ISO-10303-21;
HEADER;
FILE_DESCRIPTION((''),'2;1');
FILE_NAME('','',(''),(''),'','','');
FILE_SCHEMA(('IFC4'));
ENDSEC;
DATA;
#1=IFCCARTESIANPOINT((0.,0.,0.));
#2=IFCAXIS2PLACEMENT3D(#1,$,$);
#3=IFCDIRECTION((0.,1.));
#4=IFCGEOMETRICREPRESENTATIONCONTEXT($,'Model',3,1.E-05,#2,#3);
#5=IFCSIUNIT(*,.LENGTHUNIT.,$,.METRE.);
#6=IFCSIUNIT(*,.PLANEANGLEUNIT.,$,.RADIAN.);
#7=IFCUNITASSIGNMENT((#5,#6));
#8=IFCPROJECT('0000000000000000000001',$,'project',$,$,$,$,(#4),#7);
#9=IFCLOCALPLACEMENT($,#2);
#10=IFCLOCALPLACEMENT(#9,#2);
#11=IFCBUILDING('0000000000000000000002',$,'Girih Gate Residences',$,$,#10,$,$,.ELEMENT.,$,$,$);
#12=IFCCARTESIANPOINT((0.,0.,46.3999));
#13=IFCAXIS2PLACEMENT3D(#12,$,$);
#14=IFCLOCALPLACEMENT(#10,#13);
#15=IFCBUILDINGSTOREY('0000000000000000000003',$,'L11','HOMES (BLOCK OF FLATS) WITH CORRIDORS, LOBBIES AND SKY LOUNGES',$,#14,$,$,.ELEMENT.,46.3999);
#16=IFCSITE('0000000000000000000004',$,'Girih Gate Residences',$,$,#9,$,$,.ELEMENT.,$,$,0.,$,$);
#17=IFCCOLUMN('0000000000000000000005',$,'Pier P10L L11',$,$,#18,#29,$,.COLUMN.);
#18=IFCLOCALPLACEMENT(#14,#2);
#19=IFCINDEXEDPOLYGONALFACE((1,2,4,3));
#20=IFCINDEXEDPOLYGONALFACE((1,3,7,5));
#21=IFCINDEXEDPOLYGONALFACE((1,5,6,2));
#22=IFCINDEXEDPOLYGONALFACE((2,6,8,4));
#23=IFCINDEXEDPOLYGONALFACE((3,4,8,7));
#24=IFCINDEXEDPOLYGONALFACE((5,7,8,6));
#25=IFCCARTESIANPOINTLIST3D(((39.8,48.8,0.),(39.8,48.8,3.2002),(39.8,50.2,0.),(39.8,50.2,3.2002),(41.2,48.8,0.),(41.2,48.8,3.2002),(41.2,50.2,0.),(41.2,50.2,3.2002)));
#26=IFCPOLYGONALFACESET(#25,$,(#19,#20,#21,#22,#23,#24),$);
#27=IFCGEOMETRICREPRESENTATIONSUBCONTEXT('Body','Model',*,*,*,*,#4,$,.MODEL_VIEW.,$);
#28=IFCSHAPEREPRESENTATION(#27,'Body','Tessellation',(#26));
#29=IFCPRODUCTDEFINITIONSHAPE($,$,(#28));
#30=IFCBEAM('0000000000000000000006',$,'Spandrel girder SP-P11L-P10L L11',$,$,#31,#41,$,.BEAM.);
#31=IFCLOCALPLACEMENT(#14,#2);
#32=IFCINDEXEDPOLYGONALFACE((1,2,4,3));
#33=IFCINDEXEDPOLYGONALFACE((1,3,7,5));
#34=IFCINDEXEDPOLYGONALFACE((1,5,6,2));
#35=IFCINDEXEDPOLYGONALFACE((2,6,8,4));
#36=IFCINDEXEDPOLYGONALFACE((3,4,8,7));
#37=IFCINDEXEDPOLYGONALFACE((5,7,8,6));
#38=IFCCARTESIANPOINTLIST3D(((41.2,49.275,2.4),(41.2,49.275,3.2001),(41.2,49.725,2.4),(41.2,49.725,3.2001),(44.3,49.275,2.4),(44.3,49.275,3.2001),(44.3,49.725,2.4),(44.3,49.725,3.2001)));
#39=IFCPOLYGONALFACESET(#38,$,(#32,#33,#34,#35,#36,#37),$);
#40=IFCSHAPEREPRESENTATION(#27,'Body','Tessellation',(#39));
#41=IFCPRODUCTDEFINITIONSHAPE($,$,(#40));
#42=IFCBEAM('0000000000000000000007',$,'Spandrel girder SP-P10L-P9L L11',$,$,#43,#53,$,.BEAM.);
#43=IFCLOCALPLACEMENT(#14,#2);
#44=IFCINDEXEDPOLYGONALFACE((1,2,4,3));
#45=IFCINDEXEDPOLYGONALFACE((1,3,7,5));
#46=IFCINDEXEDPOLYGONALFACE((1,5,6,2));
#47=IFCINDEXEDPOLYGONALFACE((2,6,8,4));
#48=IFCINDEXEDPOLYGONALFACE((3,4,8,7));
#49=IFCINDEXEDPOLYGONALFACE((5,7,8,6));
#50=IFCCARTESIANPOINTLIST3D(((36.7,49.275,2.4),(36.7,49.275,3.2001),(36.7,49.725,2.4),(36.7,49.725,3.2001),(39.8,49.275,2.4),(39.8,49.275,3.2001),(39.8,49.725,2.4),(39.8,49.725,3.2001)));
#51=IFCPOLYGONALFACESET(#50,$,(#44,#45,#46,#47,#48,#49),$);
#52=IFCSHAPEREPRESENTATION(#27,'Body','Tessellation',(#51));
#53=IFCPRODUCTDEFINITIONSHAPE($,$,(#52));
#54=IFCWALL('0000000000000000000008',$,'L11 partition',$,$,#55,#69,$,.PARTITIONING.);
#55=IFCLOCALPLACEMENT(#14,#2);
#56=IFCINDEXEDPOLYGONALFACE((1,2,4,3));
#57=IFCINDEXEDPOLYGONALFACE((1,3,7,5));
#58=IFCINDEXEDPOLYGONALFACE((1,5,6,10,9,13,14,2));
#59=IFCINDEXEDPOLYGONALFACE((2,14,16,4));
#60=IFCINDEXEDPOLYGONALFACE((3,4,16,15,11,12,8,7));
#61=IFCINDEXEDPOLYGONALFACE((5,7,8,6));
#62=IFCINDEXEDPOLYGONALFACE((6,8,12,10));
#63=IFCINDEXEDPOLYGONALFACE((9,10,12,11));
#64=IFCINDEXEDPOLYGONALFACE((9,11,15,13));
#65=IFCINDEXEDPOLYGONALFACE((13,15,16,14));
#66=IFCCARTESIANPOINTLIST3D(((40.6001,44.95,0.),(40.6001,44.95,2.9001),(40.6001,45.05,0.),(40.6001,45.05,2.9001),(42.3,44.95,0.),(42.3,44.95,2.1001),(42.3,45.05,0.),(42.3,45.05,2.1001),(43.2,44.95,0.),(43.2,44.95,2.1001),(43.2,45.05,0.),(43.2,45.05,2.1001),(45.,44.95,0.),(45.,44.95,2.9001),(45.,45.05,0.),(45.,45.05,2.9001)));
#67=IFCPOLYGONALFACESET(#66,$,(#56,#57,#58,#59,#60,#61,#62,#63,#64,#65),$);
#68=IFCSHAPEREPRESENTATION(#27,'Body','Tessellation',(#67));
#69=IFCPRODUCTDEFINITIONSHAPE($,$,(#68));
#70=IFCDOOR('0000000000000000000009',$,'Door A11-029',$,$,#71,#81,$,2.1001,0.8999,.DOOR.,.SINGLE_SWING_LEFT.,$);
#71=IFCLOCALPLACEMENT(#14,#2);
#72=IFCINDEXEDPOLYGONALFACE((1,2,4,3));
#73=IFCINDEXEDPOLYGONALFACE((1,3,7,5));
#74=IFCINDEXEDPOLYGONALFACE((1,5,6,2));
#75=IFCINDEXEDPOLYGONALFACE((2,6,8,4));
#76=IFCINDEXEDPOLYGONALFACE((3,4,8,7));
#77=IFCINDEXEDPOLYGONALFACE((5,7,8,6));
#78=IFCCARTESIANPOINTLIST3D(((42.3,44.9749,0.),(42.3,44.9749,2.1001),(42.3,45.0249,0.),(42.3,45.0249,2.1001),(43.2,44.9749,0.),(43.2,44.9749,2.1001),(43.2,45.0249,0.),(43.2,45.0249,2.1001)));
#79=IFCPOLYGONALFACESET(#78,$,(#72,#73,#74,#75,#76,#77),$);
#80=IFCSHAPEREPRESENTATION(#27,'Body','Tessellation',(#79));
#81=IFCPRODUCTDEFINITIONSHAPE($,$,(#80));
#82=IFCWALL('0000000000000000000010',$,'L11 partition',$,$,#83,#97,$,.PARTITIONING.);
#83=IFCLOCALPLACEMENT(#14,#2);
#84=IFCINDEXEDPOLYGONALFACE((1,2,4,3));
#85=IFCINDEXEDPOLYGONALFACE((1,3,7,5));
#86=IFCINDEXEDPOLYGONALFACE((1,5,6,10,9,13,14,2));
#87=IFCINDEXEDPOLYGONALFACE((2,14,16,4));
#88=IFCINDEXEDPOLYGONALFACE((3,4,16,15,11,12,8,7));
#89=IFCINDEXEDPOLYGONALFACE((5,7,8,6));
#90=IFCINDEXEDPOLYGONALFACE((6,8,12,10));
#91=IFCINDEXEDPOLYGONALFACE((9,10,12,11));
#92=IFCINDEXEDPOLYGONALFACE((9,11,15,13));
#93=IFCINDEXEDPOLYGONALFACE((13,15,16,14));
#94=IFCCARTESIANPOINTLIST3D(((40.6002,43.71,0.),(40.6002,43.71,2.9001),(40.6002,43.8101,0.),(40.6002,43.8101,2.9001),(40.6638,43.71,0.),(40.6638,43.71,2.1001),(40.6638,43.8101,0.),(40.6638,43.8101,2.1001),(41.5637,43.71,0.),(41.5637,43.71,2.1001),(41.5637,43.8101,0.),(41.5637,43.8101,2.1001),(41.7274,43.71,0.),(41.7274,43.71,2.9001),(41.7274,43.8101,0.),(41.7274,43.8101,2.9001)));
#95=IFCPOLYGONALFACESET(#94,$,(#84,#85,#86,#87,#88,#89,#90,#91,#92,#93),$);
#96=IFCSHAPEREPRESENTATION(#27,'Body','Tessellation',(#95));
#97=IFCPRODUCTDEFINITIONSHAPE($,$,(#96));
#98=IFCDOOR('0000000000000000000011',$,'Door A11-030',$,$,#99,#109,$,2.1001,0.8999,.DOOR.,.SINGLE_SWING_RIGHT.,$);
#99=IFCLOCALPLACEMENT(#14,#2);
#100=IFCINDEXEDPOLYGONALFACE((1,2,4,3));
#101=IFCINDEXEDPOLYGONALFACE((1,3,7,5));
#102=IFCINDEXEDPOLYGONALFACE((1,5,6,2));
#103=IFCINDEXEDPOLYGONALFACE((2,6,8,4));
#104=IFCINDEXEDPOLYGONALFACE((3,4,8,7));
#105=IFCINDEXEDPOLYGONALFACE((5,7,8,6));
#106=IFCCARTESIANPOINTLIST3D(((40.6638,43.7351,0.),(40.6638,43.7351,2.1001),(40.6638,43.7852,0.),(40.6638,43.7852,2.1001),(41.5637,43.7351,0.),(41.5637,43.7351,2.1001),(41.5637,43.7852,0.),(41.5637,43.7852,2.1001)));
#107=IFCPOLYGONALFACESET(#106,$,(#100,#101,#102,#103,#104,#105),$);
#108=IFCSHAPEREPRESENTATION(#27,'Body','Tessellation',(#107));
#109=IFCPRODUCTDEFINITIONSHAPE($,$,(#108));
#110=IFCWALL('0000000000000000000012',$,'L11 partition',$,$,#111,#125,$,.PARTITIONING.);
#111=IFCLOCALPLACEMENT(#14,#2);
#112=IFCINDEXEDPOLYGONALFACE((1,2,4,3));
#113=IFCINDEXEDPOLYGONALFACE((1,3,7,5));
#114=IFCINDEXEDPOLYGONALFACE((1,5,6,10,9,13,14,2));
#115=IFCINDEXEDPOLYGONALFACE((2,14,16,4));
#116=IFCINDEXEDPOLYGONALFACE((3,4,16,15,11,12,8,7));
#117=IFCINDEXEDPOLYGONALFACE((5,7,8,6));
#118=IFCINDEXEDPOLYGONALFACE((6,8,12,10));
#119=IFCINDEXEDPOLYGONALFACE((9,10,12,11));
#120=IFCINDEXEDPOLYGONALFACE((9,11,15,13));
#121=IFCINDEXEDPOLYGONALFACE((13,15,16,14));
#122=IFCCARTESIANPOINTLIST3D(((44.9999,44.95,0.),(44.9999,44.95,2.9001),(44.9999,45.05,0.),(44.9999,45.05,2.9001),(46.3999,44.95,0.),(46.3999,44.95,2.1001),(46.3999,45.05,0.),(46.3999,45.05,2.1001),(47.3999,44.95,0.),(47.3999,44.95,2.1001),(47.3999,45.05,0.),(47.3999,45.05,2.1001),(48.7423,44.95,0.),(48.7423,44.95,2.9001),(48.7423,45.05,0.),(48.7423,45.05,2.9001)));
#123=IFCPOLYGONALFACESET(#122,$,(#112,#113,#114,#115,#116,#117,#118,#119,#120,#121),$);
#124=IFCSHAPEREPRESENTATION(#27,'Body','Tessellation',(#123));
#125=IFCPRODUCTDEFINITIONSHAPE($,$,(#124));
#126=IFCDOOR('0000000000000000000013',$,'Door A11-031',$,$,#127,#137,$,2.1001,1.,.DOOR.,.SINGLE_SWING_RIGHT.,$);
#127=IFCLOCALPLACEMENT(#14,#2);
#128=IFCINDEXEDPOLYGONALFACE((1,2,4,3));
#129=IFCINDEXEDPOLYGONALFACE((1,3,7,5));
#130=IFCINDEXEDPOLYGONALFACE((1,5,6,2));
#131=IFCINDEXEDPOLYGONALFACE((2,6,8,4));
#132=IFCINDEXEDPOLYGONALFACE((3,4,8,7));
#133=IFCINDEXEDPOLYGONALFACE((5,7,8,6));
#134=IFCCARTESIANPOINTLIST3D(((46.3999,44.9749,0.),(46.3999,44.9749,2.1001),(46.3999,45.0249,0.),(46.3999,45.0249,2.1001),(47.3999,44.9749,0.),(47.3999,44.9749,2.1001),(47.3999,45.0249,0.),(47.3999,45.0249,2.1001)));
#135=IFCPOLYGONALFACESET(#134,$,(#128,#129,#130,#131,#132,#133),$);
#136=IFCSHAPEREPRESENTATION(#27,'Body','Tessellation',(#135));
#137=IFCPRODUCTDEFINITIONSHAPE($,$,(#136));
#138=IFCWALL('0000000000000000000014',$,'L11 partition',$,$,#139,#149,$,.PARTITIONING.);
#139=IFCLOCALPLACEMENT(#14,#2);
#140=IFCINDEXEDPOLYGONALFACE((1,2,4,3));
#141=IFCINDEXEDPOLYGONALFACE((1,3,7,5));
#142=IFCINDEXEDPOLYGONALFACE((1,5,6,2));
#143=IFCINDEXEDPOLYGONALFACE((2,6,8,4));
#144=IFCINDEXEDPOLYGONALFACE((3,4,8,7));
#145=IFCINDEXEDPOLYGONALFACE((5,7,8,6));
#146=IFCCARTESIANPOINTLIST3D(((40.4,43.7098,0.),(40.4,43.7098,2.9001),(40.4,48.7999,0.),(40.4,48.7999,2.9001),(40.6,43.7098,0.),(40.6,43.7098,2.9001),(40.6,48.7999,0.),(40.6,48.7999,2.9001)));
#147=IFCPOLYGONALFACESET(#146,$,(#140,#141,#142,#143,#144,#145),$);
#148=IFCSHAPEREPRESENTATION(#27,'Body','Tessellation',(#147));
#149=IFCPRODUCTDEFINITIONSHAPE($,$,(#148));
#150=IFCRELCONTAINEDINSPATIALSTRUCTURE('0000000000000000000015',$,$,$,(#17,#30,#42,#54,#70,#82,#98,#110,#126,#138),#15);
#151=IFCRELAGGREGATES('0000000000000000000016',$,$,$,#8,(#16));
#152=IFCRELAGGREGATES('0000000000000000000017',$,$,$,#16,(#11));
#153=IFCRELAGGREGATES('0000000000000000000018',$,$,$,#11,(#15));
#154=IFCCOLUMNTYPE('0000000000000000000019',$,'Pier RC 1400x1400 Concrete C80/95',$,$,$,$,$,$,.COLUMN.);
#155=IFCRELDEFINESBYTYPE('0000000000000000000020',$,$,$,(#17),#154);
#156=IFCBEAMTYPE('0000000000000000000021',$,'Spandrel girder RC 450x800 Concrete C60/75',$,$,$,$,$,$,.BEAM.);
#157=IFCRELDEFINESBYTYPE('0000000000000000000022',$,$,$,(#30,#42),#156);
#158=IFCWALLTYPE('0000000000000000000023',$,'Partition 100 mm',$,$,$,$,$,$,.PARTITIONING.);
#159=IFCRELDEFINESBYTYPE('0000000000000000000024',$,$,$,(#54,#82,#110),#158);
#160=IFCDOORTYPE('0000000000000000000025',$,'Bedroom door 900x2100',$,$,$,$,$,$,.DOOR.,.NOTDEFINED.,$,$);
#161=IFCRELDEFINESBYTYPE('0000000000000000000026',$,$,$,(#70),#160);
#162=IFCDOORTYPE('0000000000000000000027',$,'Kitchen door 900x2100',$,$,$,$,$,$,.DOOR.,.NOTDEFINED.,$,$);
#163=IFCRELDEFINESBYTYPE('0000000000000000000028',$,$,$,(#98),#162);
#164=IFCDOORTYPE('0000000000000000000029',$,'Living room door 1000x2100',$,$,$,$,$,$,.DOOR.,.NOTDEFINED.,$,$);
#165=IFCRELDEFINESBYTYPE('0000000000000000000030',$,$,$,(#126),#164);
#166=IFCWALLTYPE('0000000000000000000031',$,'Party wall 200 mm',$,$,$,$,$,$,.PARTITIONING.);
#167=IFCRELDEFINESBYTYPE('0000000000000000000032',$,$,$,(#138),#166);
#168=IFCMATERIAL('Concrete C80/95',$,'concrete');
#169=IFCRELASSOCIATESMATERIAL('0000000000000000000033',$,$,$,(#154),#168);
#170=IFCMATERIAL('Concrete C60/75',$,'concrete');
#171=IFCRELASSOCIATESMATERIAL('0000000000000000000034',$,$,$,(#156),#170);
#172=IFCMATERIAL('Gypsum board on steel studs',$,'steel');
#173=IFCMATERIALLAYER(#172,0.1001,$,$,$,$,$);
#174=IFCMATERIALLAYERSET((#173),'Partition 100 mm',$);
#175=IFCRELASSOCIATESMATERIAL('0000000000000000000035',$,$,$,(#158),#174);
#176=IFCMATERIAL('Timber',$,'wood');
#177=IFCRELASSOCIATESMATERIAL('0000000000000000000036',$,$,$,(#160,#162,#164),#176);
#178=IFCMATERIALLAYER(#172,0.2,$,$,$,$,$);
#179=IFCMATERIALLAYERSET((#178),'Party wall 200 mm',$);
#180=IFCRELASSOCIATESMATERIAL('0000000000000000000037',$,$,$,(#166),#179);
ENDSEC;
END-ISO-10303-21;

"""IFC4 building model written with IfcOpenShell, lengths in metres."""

from ifc_helpers import new_model, si_unit, direction, frame, frame_2d, origin, origin_2d, place, context, subcontext, project, spatial, rectangle, extrude, material, layer, layer_set, material_profile, profile_set, type_object, element, fill, save


model = new_model("IFC4")

# Units and contexts
model_context = context("Model", 3, precision=1e-05, world=origin(), true_north=direction((0.0, 1.0)))
body_context = subcontext(model_context, "Body", "Model", "MODEL_VIEW")
ifc_project = project(units=[si_unit("LENGTHUNIT", "METRE"), si_unit("PLANEANGLEUNIT", "RADIAN")], contexts=[model_context])

# Site, building, storey
site_placement = place(None, origin())
site = spatial("IfcSite", under=ifc_project, at=site_placement, Name="Girih Gate Residences", CompositionType="ELEMENT", RefElevation=0.0)
building_placement = place(site_placement, origin())
building = spatial("IfcBuilding", under=site, at=building_placement, Name="Girih Gate Residences", CompositionType="ELEMENT")
storey_placement = place(building_placement, frame((0.0, 0.0, 46.3999)))
storey = spatial("IfcBuildingStorey", under=building, at=storey_placement, Name="L11", Description="HOMES (BLOCK OF FLATS) WITH CORRIDORS, LOBBIES AND SKY LOUNGES", CompositionType="ELEMENT", Elevation=46.3999)

# Column
ifc_material_1 = material(Name="Concrete C80/95", Category="concrete")
ifc_material_profile_1 = material_profile(ifc_material_1, rectangle(XDim=1.3999, YDim=1.3999, at=origin_2d()))
ifc_profile_set_1 = profile_set([ifc_material_profile_1], Name="Concrete C80/95")
column_type = type_object("IfcColumnType", Name="Pier RC 1400x1400 Concrete C80/95", PredefinedType="COLUMN", material=ifc_profile_set_1)
column_placement = place(storey_placement, frame((40.5, 49.5, 0.0), z_axis=(0.0, 0.0, 1.0), x_axis=(1.0, 0.0, 0.0)))
element("IfcColumn", 1, at=column_placement, inside=storey, type_object=column_type, Name="Pier P10L L11", PredefinedType="COLUMN", context=body_context, shape_type="SweptSolid", body=[
    extrude(rectangle(XDim=1.3999, YDim=1.3999, at=origin_2d()), origin(), (0.0, 0.0, 1.0), 3.2002),
])

# Beams
ifc_material_2 = material(Name="Concrete C60/75", Category="concrete")
ifc_material_profile_2 = material_profile(ifc_material_2, rectangle(XDim=0.45, YDim=0.8, at=origin_2d()))
ifc_profile_set_2 = profile_set([ifc_material_profile_2], Name="Concrete C60/75")
beam_type = type_object("IfcBeamType", Name="Spandrel girder RC 450x800 Concrete C60/75", PredefinedType="BEAM", material=ifc_profile_set_2)
for number, where, z_axis, x_axis, name in (
    (2, (44.3, 49.5, 2.8), (-1.0, 0.0, 0.0), (0.0, -1.0, 0.0), "Spandrel girder SP-P11L-P10L L11"),
    (3, (39.8, 49.5, 2.8), (-1.0, 0.0, 0.0), (0.0, -1.0, 0.0), "Spandrel girder SP-P10L-P9L L11"),
):
    element("IfcBeam", number, at=place(storey_placement, frame(where, z_axis=z_axis, x_axis=x_axis)), inside=storey, type_object=beam_type, Name=name, PredefinedType="BEAM", context=body_context, shape_type="SweptSolid", body=[
        extrude(rectangle(XDim=0.45, YDim=0.8, at=origin_2d()), origin(), (0.0, 0.0, 1.0), 3.1001),
    ])

# Walls, openings, doors
ifc_material_3 = material(Name="Gypsum board on steel studs", Category="steel")
ifc_layer_1 = layer(ifc_material_3, 0.1001)
ifc_layer_set_1 = layer_set([ifc_layer_1], Name="Partition 100 mm")
wall_type_1 = type_object("IfcWallType", Name="Partition 100 mm", PredefinedType="PARTITIONING", material=ifc_layer_set_1)
wall_1_placement = place(storey_placement, frame((40.6001, 45.0, 0.0), z_axis=(0.0, 0.0, 1.0), x_axis=(1.0, 0.0, 0.0)))
wall_1 = element("IfcWall", 4, at=wall_1_placement, inside=storey, type_object=wall_type_1, Name="L11 partition", PredefinedType="PARTITIONING", context=body_context, shape_type="SweptSolid", body=[
    extrude(rectangle(XDim=4.3999, YDim=0.1001, at=frame_2d((2.2, 0.0))), origin(), (0.0, 0.0, 1.0), 2.9001),
])
opening_1_placement = place(wall_1_placement, frame((1.7, 0.0, 0.0)))
opening_1 = element("IfcOpeningElement", 5, at=opening_1_placement, cuts=wall_1, PredefinedType="OPENING", context=body_context, shape_type="SweptSolid", body=[
    extrude(rectangle(XDim=0.8999, YDim=2.1001, at=frame_2d((0.45, 1.05))), frame((0.0, 0.0601, 0.0), z_axis=(0.0, -1.0, 0.0), x_axis=(1.0, 0.0, 0.0)), (0.0, 0.0, 1.0), 0.1201),
])
ifc_material_4 = material(Name="Timber", Category="wood")
door_type_1 = type_object("IfcDoorType", Name="Bedroom door 900x2100", OperationType="NOTDEFINED", PredefinedType="DOOR", material=ifc_material_4)
door_1_placement = place(opening_1_placement, origin())
door_1 = element("IfcDoor", 6, at=door_1_placement, inside=storey, type_object=door_type_1, Name="Door A11-029", OperationType="SINGLE_SWING_LEFT", OverallHeight=2.1001, OverallWidth=0.8999, PredefinedType="DOOR", context=body_context, shape_type="SweptSolid", body=[
    extrude(rectangle(XDim=0.8999, YDim=2.1001, at=frame_2d((0.45, 1.05))), frame((0.0, 0.0249, 0.0), z_axis=(0.0, -1.0, 0.0), x_axis=(1.0, 0.0, 0.0)), (0.0, 0.0, 1.0), 0.05),
])
fill(opening_1, door_1)
wall_2_placement = place(storey_placement, frame((41.7273, 43.76, 0.0), z_axis=(0.0, 0.0, 1.0), x_axis=(-1.0, 0.0, 0.0)))
wall_2 = element("IfcWall", 7, at=wall_2_placement, inside=storey, type_object=wall_type_1, Name="L11 partition", PredefinedType="PARTITIONING", context=body_context, shape_type="SweptSolid", body=[
    extrude(rectangle(XDim=1.1272, YDim=0.1001, at=frame_2d((0.5635, 0.0))), origin(), (0.0, 0.0, 1.0), 2.9001),
])
opening_2_placement = place(wall_2_placement, frame((0.1636, 0.0, 0.0)))
opening_2 = element("IfcOpeningElement", 8, at=opening_2_placement, cuts=wall_2, PredefinedType="OPENING", context=body_context, shape_type="SweptSolid", body=[
    extrude(rectangle(XDim=0.8999, YDim=2.1001, at=frame_2d((0.45, 1.05))), frame((0.0, 0.0601, 0.0), z_axis=(0.0, -1.0, 0.0), x_axis=(1.0, 0.0, 0.0)), (0.0, 0.0, 1.0), 0.1201),
])
door_type_2 = type_object("IfcDoorType", Name="Kitchen door 900x2100", OperationType="NOTDEFINED", PredefinedType="DOOR", material=ifc_material_4)
door_2_placement = place(opening_2_placement, origin())
door_2 = element("IfcDoor", 9, at=door_2_placement, inside=storey, type_object=door_type_2, Name="Door A11-030", OperationType="SINGLE_SWING_RIGHT", OverallHeight=2.1001, OverallWidth=0.8999, PredefinedType="DOOR", context=body_context, shape_type="SweptSolid", body=[
    extrude(rectangle(XDim=0.8999, YDim=2.1001, at=frame_2d((0.45, 1.05))), frame((0.0, 0.0249, 0.0), z_axis=(0.0, -1.0, 0.0), x_axis=(1.0, 0.0, 0.0)), (0.0, 0.0, 1.0), 0.05),
])
fill(opening_2, door_2)
wall_3_placement = place(storey_placement, frame((45.0, 45.0, 0.0), z_axis=(0.0, 0.0, 1.0), x_axis=(1.0, 0.0, 0.0)))
wall_3 = element("IfcWall", 10, at=wall_3_placement, inside=storey, type_object=wall_type_1, Name="L11 partition", PredefinedType="PARTITIONING", context=body_context, shape_type="SweptSolid", body=[
    extrude(rectangle(XDim=3.7424, YDim=0.1001, at=frame_2d((1.8711, 0.0))), origin(), (0.0, 0.0, 1.0), 2.9001),
])
opening_3_placement = place(wall_3_placement, frame((1.3999, 0.0, 0.0)))
opening_3 = element("IfcOpeningElement", 11, at=opening_3_placement, cuts=wall_3, PredefinedType="OPENING", context=body_context, shape_type="SweptSolid", body=[
    extrude(rectangle(XDim=1.0, YDim=2.1001, at=frame_2d((0.5, 1.05))), frame((0.0, 0.0601, 0.0), z_axis=(0.0, -1.0, 0.0), x_axis=(1.0, 0.0, 0.0)), (0.0, 0.0, 1.0), 0.1201),
])
door_type_3 = type_object("IfcDoorType", Name="Living room door 1000x2100", OperationType="NOTDEFINED", PredefinedType="DOOR", material=ifc_material_4)
door_3_placement = place(opening_3_placement, origin())
door_3 = element("IfcDoor", 12, at=door_3_placement, inside=storey, type_object=door_type_3, Name="Door A11-031", OperationType="SINGLE_SWING_RIGHT", OverallHeight=2.1001, OverallWidth=1.0, PredefinedType="DOOR", context=body_context, shape_type="SweptSolid", body=[
    extrude(rectangle(XDim=1.0, YDim=2.1001, at=frame_2d((0.5, 1.05))), frame((0.0, 0.0249, 0.0), z_axis=(0.0, -1.0, 0.0), x_axis=(1.0, 0.0, 0.0)), (0.0, 0.0, 1.0), 0.05),
])
fill(opening_3, door_3)

# Wall
ifc_layer_2 = layer(ifc_material_3, 0.2)
ifc_layer_set_2 = layer_set([ifc_layer_2], Name="Party wall 200 mm")
wall_type_2 = type_object("IfcWallType", Name="Party wall 200 mm", PredefinedType="PARTITIONING", material=ifc_layer_set_2)
wall_4_placement = place(storey_placement, frame((40.5, 43.71, 0.0), z_axis=(0.0, 0.0, 1.0), x_axis=(0.0, 1.0, 0.0)))
element("IfcWall", 13, at=wall_4_placement, inside=storey, type_object=wall_type_2, Name="L11 partition", PredefinedType="PARTITIONING", context=body_context, shape_type="SweptSolid", body=[
    extrude(rectangle(XDim=5.0901, YDim=0.2, at=frame_2d((2.5449, 0.0))), origin(), (0.0, 0.0, 1.0), 2.9001),
])

save(model, "model.ifc")
